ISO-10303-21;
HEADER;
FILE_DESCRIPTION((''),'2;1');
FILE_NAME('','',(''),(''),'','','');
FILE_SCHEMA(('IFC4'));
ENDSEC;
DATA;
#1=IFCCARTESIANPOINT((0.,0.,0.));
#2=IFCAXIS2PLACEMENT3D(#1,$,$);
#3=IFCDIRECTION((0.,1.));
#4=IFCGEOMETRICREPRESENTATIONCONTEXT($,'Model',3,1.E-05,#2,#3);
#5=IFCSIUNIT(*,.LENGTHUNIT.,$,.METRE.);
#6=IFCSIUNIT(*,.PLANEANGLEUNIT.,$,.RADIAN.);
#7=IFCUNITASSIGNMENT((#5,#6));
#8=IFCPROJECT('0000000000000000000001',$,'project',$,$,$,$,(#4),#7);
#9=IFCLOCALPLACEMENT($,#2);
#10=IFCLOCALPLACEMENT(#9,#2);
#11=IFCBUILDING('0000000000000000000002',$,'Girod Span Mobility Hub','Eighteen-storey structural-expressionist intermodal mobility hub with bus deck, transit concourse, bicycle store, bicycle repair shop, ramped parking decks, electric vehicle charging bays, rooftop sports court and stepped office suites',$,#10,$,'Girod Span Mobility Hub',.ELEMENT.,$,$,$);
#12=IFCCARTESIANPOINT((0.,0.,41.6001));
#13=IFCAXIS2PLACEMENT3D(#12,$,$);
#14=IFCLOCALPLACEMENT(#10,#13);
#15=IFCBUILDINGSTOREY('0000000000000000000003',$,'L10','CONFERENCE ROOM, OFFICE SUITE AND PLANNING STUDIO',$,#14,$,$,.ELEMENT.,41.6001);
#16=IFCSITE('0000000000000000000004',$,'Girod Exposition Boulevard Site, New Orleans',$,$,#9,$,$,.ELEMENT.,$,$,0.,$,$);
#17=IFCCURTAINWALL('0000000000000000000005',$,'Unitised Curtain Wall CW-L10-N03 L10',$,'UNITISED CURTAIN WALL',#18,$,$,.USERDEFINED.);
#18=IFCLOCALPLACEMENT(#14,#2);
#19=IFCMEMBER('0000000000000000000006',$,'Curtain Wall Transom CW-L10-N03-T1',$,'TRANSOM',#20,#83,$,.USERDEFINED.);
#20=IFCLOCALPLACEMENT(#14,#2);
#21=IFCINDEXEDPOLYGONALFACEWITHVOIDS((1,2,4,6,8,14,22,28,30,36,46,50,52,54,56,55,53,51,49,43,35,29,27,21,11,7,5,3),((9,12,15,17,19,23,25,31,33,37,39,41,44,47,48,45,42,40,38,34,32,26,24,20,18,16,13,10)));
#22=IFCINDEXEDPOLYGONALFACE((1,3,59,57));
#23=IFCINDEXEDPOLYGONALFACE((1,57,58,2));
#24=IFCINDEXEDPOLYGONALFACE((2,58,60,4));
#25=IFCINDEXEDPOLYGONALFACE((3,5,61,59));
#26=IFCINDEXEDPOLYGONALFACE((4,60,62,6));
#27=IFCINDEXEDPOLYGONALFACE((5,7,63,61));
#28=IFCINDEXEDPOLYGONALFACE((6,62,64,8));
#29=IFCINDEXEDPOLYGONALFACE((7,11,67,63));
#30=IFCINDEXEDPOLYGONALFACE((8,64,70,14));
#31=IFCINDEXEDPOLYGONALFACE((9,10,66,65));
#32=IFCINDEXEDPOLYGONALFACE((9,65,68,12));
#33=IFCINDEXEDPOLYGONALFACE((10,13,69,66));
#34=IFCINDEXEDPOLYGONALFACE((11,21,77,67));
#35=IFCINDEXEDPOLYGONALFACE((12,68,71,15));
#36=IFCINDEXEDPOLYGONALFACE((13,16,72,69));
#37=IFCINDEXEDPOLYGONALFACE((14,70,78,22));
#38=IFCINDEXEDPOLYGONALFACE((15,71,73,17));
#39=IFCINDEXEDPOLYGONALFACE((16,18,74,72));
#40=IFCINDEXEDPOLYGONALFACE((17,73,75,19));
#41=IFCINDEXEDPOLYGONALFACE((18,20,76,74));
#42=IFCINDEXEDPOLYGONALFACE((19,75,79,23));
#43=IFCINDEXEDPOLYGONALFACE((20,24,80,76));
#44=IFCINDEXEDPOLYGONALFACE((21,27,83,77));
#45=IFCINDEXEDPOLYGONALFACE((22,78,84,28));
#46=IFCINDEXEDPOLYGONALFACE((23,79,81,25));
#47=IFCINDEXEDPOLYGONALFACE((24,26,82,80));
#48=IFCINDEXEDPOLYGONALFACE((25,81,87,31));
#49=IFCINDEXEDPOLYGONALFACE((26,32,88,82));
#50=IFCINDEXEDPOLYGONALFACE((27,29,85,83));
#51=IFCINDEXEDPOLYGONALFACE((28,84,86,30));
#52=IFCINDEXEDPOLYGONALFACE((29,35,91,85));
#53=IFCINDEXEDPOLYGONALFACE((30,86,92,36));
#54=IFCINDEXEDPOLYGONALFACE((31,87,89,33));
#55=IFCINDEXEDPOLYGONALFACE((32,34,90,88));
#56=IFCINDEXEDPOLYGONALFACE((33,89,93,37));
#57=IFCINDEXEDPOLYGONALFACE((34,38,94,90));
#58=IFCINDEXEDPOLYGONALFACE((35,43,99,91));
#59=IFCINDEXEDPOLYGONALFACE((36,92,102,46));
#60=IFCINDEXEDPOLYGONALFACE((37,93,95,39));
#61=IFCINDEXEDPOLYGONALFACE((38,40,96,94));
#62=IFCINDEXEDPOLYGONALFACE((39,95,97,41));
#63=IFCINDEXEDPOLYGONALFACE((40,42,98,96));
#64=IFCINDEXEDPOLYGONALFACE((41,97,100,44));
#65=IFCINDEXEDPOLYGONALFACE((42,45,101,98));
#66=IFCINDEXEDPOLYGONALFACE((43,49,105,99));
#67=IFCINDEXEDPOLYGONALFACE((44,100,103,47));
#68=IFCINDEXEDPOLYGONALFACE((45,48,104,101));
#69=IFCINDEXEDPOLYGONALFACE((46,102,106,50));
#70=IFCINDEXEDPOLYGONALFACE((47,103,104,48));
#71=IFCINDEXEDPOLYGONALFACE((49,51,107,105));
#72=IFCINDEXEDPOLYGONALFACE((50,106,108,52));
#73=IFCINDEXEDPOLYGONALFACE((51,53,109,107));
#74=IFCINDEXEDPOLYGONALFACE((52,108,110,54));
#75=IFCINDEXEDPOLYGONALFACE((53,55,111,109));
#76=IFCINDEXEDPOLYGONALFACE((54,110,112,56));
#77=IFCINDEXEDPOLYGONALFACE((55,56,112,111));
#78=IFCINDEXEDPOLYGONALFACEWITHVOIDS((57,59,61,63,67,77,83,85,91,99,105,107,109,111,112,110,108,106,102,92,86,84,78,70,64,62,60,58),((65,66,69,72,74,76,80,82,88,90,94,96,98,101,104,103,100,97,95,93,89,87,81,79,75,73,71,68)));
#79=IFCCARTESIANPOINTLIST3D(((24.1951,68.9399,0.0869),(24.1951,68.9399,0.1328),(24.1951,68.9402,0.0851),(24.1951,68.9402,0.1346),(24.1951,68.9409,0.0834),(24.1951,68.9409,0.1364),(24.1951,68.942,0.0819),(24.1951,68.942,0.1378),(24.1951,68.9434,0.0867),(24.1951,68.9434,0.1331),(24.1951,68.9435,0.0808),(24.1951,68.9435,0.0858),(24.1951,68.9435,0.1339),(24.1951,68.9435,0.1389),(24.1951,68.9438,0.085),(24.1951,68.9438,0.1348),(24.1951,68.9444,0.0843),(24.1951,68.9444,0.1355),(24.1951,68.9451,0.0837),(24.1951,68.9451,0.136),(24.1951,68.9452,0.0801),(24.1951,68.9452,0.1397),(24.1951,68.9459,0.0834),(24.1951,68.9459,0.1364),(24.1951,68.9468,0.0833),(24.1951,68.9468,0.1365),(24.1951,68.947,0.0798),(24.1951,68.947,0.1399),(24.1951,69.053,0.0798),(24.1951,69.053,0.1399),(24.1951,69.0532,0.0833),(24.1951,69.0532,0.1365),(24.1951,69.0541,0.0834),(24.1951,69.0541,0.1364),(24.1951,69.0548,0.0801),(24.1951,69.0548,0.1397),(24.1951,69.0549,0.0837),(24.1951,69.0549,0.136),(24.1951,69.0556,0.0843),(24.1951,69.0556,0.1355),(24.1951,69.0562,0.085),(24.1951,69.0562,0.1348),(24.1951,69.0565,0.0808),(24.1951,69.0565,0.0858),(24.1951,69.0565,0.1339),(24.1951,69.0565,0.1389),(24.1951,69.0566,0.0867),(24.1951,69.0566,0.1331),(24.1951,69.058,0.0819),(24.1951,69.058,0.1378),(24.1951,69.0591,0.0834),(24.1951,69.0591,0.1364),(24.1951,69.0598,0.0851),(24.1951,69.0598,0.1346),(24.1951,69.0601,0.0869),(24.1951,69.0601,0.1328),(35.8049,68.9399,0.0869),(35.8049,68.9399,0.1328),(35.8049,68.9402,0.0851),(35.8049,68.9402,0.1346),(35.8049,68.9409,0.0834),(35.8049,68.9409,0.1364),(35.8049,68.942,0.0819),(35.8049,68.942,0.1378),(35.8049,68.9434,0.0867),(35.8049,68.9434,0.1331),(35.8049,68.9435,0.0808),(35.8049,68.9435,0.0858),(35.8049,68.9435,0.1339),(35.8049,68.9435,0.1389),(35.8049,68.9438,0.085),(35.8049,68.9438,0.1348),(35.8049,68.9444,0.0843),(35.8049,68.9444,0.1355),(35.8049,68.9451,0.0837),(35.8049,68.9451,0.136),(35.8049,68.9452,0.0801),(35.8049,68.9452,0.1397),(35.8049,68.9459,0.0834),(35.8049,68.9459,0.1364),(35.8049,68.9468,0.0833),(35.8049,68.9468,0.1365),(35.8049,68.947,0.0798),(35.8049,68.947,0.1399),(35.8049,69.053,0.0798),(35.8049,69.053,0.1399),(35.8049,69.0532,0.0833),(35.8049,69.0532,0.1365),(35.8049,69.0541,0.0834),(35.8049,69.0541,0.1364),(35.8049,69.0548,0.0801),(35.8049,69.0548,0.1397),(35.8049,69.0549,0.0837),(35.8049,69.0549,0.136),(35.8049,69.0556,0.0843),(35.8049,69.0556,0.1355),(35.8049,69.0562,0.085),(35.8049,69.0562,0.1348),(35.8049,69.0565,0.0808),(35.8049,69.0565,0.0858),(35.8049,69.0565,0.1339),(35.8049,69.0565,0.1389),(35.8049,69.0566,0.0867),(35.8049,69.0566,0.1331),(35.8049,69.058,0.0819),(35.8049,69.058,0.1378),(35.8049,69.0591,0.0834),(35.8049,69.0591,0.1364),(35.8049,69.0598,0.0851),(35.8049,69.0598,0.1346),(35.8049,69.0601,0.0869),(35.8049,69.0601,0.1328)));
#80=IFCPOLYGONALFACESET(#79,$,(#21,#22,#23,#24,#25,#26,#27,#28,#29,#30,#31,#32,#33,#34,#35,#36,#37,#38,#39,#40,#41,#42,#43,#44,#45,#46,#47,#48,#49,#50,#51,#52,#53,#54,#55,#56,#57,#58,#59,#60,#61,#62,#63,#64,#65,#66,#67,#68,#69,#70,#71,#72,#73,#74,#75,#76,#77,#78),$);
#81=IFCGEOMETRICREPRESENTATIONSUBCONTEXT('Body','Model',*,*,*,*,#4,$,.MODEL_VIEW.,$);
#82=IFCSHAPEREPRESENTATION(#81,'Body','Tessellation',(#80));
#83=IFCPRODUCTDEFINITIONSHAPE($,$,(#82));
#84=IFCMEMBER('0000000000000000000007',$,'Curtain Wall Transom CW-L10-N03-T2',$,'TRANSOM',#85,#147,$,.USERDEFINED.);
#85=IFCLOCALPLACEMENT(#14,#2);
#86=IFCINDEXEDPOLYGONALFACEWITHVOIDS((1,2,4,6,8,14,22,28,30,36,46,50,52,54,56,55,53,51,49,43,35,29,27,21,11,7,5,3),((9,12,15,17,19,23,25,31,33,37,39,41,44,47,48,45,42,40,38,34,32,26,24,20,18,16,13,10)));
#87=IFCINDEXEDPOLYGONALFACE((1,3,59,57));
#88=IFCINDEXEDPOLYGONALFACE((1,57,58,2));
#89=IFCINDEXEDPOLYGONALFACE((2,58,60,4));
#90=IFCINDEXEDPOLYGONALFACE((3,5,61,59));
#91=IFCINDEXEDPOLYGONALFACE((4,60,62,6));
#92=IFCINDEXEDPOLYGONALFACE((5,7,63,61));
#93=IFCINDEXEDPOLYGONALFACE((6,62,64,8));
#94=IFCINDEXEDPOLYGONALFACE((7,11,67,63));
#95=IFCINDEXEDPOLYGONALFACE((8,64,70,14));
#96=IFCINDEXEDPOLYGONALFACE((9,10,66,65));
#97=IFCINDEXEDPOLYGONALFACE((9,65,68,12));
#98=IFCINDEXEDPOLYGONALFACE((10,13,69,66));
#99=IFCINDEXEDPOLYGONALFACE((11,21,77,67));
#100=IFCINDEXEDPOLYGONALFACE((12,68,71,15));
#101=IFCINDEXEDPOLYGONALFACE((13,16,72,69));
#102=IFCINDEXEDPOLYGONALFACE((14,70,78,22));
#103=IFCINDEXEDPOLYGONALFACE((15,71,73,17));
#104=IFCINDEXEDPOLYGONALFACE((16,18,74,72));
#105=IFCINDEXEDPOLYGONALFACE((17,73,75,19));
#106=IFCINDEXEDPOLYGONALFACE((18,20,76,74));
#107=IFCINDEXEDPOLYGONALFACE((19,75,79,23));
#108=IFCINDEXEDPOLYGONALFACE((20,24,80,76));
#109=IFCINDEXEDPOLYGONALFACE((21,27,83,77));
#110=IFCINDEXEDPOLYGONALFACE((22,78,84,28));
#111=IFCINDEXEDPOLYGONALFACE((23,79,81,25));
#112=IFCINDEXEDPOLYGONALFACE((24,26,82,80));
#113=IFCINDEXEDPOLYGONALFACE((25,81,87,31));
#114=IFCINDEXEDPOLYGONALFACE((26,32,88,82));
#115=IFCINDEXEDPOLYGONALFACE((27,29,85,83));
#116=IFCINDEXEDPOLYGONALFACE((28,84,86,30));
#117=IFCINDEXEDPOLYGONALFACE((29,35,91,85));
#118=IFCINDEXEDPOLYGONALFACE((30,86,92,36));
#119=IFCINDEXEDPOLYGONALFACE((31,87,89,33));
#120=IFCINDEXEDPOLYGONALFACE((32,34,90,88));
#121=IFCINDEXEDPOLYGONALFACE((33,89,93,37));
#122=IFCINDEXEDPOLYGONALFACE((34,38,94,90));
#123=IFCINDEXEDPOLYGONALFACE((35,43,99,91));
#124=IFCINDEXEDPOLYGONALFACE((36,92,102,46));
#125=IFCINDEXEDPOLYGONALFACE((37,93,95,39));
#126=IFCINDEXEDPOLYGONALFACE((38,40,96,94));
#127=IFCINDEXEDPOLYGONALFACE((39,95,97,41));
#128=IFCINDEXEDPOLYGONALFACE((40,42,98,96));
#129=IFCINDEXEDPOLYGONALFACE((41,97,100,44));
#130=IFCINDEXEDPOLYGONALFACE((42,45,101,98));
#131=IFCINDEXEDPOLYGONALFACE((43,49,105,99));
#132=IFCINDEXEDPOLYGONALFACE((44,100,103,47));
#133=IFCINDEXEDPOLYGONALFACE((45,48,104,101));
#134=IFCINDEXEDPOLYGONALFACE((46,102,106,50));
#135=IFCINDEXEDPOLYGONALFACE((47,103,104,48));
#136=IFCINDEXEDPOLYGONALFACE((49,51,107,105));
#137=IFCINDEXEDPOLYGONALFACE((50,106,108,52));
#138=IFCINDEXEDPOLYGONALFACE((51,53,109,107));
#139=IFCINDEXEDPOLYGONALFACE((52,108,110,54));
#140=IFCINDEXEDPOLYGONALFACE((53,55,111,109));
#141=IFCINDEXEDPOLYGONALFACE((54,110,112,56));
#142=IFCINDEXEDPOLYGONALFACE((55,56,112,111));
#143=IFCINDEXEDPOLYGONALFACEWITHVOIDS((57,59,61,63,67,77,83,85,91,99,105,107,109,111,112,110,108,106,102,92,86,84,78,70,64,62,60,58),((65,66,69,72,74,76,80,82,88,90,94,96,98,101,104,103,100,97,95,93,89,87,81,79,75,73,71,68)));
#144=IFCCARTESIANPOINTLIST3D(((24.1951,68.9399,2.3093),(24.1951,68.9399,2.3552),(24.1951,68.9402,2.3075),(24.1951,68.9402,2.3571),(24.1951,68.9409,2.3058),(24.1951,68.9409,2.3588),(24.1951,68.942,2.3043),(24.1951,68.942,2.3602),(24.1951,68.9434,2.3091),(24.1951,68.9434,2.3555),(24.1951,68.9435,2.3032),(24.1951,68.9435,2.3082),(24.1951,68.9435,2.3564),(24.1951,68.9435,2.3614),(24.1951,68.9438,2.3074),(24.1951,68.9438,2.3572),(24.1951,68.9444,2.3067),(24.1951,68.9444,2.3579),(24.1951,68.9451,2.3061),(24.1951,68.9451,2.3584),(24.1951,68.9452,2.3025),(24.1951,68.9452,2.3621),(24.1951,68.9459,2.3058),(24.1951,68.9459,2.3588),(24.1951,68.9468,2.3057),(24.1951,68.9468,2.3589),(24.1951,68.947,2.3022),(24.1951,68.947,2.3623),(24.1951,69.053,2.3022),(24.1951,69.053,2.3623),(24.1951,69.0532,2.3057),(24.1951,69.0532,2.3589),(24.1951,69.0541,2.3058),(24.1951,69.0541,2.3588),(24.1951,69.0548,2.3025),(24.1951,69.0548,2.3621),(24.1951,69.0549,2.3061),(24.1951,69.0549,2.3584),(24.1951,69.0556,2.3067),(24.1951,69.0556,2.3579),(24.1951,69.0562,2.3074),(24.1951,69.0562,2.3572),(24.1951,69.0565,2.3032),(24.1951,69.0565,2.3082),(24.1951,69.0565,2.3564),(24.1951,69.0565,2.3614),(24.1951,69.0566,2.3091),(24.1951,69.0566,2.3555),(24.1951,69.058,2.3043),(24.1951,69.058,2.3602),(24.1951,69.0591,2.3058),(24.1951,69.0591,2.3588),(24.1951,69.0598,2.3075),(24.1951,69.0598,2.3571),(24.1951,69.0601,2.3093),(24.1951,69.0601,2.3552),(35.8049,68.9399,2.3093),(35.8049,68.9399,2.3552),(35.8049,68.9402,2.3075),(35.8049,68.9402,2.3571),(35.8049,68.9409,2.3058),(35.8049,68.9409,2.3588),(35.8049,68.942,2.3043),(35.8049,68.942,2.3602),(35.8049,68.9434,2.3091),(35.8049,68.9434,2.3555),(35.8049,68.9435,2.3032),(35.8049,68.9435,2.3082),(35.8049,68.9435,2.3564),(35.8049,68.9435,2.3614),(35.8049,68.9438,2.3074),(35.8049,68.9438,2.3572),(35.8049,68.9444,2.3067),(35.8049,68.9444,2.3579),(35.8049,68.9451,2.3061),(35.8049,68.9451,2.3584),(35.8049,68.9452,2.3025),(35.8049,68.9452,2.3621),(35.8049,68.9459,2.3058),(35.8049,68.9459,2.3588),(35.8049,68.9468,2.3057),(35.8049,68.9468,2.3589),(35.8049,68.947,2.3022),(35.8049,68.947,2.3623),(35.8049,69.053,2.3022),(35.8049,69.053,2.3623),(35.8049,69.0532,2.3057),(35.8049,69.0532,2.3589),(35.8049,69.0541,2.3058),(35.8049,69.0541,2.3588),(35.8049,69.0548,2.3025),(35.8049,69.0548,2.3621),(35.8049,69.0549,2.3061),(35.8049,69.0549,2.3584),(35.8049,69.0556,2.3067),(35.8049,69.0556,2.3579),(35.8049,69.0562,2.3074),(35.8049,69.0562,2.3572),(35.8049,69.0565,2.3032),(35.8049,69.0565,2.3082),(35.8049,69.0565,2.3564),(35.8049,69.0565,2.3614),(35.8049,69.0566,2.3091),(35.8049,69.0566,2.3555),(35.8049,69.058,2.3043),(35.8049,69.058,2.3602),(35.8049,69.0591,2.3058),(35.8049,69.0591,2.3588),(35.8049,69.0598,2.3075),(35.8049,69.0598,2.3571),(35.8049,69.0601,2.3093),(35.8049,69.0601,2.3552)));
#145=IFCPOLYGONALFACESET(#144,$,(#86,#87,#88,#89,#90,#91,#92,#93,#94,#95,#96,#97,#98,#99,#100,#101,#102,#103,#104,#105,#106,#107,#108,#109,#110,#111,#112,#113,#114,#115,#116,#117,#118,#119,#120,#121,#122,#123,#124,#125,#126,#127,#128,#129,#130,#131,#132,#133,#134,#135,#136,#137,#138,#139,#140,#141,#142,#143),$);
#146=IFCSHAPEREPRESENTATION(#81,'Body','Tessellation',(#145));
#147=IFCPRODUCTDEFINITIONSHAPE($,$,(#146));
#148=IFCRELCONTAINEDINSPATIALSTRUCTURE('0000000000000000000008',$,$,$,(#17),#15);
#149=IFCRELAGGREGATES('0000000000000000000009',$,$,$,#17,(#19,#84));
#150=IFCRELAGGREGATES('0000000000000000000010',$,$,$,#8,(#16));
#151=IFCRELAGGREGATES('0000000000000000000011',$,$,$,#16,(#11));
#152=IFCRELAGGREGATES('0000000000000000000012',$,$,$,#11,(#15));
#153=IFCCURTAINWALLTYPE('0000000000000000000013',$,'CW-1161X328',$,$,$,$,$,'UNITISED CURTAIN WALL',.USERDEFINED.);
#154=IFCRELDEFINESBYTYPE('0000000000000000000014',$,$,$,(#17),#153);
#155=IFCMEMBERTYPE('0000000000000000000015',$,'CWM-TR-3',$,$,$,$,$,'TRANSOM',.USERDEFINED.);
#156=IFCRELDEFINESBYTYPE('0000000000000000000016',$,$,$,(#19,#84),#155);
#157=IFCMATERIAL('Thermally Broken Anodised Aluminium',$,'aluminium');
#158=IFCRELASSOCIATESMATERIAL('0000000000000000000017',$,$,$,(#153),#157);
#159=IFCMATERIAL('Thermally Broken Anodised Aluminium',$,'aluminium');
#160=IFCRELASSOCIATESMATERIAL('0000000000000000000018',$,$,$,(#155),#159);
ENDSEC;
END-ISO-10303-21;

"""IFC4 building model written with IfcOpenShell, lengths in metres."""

from ifc_helpers import new_model, si_unit, direction, frame, origin, origin_2d, place, context, subcontext, project, spatial, hollow_rectangle, extrude, material, material_profile, profile_set, type_object, element, aggregate, save


model = new_model("IFC4")

# Units and contexts
model_context = context("Model", 3, precision=1e-05, world=origin(), true_north=direction((0.0, 1.0)))
body_context = subcontext(model_context, "Body", "Model", "MODEL_VIEW")
ifc_project = project(units=[si_unit("LENGTHUNIT", "METRE"), si_unit("PLANEANGLEUNIT", "RADIAN")], contexts=[model_context])

# Site, building, storey
site_placement = place(None, origin())
site = spatial("IfcSite", under=ifc_project, at=site_placement, Name="Girod Exposition Boulevard Site, New Orleans", CompositionType="ELEMENT", RefElevation=0.0)
building_placement = place(site_placement, origin())
building = spatial("IfcBuilding", under=site, at=building_placement, Name="Girod Span Mobility Hub", Description="Eighteen-storey structural-expressionist intermodal mobility hub with bus deck, transit concourse, bicycle store, bicycle repair shop, ramped parking decks, electric vehicle charging bays, rooftop sports court and stepped office suites", LongName="Girod Span Mobility Hub", CompositionType="ELEMENT")
storey_placement = place(building_placement, frame((0.0, 0.0, 41.6001)))
storey = spatial("IfcBuildingStorey", under=building, at=storey_placement, Name="L10", Description="CONFERENCE ROOM, OFFICE SUITE AND PLANNING STUDIO", CompositionType="ELEMENT", Elevation=41.6001)

# Curtain wall, members
ifc_material_1 = material(Name="Thermally Broken Anodised Aluminium", Category="aluminium")
curtain_wall_type = type_object("IfcCurtainWallType", Name="CW-1161X328", ElementType="UNITISED CURTAIN WALL", PredefinedType="USERDEFINED", material=ifc_material_1)
curtain_wall_placement = place(storey_placement, origin())
curtain_wall = element("IfcCurtainWall", 1, at=curtain_wall_placement, inside=storey, type_object=curtain_wall_type, Name="Unitised Curtain Wall CW-L10-N03 L10", ObjectType="UNITISED CURTAIN WALL", PredefinedType="USERDEFINED")
ifc_material_2 = material(Name="Thermally Broken Anodised Aluminium", Category="aluminium")
ifc_material_profile_1 = material_profile(ifc_material_2, hollow_rectangle(XDim=0.1201, YDim=0.0601, WallThickness=0.0034, InnerFilletRadius=0.0034, OuterFilletRadius=0.0071, at=origin_2d()), Name="CW-TR-60X120")
ifc_profile_set_1 = profile_set([ifc_material_profile_1], Name="Thermally Broken Anodised Aluminium")
member_type_1 = type_object("IfcMemberType", Name="CWM-TR-3", ElementType="TRANSOM", PredefinedType="USERDEFINED", material=ifc_profile_set_1)
member_1_placement = place(storey_placement, frame((24.1951, 69.0, 0.1099), z_axis=(1.0, 0.0, 0.0), x_axis=(0.0, 1.0, 0.0)))
member_1 = element("IfcMember", 2, at=member_1_placement, type_object=member_type_1, Name="Curtain Wall Transom CW-L10-N03-T1", ObjectType="TRANSOM", PredefinedType="USERDEFINED", context=body_context, shape_type="SweptSolid", body=[
    extrude(hollow_rectangle(XDim=0.1201, YDim=0.0601, WallThickness=0.0034, InnerFilletRadius=0.0034, OuterFilletRadius=0.0071, at=origin_2d()), origin(), (0.0, 0.0, 1.0), 11.6099),
])
member_2_placement = place(storey_placement, frame((24.1951, 69.0, 2.3323), z_axis=(1.0, 0.0, 0.0), x_axis=(0.0, 1.0, 0.0)))
member_2 = element("IfcMember", 3, at=member_2_placement, type_object=member_type_1, Name="Curtain Wall Transom CW-L10-N03-T2", ObjectType="TRANSOM", PredefinedType="USERDEFINED", context=body_context, shape_type="SweptSolid", body=[
    extrude(hollow_rectangle(XDim=0.1201, YDim=0.0601, WallThickness=0.0034, InnerFilletRadius=0.0034, OuterFilletRadius=0.0071, at=origin_2d()), origin(), (0.0, 0.0, 1.0), 11.6099),
])

aggregate(curtain_wall, [member_1, member_2])

save(model, "model.ifc")
